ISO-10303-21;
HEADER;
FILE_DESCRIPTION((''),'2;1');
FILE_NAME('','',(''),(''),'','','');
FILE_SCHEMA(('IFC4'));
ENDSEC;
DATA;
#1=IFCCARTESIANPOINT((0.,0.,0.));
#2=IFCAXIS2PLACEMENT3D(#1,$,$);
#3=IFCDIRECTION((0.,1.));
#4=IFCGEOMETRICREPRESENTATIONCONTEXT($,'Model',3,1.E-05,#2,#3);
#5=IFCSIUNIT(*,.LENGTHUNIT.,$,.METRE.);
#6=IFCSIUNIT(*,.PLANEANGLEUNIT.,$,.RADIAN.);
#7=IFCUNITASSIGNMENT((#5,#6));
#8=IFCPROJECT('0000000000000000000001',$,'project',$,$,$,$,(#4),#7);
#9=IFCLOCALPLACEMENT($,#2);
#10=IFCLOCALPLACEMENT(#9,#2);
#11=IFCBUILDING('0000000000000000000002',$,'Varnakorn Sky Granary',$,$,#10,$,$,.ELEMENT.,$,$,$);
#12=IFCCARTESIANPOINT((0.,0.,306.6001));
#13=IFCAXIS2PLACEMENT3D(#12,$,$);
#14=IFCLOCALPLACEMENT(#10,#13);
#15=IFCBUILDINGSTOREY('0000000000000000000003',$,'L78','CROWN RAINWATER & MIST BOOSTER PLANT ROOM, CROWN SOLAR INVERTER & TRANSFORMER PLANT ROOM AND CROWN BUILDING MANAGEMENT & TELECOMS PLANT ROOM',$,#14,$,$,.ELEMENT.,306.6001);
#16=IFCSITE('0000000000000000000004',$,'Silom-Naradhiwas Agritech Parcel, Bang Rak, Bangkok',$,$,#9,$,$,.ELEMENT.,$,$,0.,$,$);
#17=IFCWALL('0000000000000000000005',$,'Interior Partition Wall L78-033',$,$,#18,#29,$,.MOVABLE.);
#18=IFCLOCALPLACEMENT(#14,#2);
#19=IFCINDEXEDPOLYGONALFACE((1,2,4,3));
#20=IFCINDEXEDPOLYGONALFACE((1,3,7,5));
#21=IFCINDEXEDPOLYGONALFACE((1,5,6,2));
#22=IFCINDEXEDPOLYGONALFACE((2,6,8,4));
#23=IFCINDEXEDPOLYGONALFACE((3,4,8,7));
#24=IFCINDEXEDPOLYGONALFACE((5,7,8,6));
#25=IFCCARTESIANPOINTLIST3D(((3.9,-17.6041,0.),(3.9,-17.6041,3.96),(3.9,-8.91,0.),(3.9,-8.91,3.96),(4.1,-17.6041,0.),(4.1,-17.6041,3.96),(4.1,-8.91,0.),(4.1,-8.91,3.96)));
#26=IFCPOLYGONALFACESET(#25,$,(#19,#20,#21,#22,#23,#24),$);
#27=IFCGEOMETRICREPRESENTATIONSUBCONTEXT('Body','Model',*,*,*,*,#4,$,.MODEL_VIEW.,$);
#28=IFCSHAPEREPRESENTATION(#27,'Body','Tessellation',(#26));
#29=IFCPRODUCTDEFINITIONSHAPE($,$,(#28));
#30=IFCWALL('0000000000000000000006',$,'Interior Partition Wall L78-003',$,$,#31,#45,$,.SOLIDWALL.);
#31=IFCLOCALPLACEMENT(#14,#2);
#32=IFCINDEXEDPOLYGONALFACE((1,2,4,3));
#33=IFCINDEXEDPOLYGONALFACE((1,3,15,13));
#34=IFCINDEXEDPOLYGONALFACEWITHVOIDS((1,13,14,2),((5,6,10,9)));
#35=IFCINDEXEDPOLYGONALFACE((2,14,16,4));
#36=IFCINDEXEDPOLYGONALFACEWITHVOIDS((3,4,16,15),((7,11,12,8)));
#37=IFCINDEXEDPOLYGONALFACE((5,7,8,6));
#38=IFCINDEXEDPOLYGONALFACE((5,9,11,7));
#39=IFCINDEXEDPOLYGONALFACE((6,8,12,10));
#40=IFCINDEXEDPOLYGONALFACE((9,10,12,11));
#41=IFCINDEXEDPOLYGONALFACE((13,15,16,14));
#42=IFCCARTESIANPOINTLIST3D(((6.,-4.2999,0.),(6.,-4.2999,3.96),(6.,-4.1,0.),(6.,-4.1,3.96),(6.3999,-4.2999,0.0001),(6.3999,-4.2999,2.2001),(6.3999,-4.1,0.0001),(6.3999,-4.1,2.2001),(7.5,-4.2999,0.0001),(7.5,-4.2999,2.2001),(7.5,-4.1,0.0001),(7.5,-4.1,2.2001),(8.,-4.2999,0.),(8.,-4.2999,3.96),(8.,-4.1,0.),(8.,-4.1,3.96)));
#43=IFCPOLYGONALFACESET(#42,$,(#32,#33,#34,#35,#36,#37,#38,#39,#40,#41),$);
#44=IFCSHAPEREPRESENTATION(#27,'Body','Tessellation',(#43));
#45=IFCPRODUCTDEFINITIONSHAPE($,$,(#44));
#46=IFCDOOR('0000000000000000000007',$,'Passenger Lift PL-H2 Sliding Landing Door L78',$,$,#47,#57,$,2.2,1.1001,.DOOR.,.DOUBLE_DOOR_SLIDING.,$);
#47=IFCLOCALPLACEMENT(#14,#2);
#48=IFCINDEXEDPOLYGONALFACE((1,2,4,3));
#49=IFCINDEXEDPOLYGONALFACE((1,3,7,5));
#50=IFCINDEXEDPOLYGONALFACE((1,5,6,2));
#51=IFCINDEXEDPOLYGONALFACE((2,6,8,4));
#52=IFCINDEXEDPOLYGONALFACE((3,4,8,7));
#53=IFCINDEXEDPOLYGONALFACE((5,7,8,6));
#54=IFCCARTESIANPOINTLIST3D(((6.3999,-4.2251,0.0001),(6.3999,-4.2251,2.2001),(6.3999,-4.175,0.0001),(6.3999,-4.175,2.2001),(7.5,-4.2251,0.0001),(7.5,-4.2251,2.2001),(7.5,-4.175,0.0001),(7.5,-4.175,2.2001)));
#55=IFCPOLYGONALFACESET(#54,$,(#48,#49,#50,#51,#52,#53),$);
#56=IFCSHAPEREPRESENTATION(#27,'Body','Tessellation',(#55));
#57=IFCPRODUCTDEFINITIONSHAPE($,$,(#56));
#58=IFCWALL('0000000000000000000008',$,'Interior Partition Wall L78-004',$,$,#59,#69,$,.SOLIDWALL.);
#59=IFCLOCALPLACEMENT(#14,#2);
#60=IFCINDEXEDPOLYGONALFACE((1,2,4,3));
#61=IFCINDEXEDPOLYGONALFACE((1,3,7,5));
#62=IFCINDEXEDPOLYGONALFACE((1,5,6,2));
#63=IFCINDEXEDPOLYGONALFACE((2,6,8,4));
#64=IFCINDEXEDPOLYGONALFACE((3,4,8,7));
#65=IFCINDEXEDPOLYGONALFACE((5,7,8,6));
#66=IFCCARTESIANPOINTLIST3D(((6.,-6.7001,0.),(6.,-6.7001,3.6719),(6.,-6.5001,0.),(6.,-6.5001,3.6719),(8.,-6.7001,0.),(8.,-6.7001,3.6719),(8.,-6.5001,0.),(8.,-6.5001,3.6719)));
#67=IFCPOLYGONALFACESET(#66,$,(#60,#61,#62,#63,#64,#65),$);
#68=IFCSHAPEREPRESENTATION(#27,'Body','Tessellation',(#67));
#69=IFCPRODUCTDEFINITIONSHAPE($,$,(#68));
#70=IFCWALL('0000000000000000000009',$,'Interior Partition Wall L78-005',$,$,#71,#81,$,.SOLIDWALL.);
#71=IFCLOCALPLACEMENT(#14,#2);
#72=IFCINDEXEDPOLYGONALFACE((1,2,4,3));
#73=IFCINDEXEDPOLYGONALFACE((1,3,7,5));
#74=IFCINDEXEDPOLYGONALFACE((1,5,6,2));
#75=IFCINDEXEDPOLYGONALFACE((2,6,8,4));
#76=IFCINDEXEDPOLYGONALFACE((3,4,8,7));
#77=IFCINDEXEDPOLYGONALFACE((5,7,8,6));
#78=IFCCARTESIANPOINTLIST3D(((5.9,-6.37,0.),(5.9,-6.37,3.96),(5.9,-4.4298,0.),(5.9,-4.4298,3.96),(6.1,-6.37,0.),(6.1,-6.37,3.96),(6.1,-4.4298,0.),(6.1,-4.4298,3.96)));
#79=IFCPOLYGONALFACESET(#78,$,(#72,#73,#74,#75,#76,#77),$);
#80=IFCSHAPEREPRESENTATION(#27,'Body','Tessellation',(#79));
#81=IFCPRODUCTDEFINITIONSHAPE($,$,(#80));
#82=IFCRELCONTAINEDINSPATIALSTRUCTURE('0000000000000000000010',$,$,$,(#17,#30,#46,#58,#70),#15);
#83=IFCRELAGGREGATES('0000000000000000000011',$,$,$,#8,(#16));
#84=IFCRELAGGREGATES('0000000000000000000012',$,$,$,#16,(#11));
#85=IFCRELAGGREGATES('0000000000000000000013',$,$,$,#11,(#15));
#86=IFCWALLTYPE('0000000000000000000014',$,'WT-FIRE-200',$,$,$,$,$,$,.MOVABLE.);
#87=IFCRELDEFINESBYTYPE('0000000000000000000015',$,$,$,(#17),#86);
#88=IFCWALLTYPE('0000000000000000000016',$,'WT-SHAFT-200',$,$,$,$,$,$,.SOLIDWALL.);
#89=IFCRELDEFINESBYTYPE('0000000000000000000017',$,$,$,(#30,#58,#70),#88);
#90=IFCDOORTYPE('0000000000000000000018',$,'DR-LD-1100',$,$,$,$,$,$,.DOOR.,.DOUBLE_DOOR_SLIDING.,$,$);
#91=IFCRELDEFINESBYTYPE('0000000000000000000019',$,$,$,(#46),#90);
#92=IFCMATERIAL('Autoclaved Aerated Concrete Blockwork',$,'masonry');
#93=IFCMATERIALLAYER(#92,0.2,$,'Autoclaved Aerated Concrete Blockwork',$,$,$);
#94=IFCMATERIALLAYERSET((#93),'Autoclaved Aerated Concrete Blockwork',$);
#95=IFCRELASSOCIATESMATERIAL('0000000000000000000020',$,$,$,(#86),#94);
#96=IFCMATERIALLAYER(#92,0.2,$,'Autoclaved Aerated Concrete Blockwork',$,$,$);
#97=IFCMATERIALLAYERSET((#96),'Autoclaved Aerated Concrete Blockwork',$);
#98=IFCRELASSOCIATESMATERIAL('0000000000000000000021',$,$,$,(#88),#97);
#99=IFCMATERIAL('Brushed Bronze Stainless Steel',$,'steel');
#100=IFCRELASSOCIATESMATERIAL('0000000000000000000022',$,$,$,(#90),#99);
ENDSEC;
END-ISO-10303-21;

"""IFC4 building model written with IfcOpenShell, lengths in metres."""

from ifc_helpers import new_model, si_unit, direction, frame, frame_2d, origin, place, context, subcontext, project, spatial, rectangle, extrude, material, layer, layer_set, type_object, element, fill, save


model = new_model("IFC4")

# Units and contexts
model_context = context("Model", 3, precision=1e-05, world=origin(), true_north=direction((0.0, 1.0)))
body_context = subcontext(model_context, "Body", "Model", "MODEL_VIEW")
ifc_project = project(units=[si_unit("LENGTHUNIT", "METRE"), si_unit("PLANEANGLEUNIT", "RADIAN")], contexts=[model_context])

# Site, building, storey
site_placement = place(None, origin())
site = spatial("IfcSite", under=ifc_project, at=site_placement, Name="Silom-Naradhiwas Agritech Parcel, Bang Rak, Bangkok", CompositionType="ELEMENT", RefElevation=0.0)
building_placement = place(site_placement, origin())
building = spatial("IfcBuilding", under=site, at=building_placement, Name="Varnakorn Sky Granary", CompositionType="ELEMENT")
storey_placement = place(building_placement, frame((0.0, 0.0, 306.6001)))
storey = spatial("IfcBuildingStorey", under=building, at=storey_placement, Name="L78", Description="CROWN RAINWATER & MIST BOOSTER PLANT ROOM, CROWN SOLAR INVERTER & TRANSFORMER PLANT ROOM AND CROWN BUILDING MANAGEMENT & TELECOMS PLANT ROOM", CompositionType="ELEMENT", Elevation=306.6001)

# Shared definitions
ifc_material_1 = material(Name="Autoclaved Aerated Concrete Blockwork", Category="masonry")
ifc_layer_1 = layer(ifc_material_1, 0.2, Name="Autoclaved Aerated Concrete Blockwork")
ifc_layer_set_1 = layer_set([ifc_layer_1], Name="Autoclaved Aerated Concrete Blockwork")
wall_type_1 = type_object("IfcWallType", Name="WT-FIRE-200", PredefinedType="MOVABLE", material=ifc_layer_set_1)

# Wall
wall_1_placement = place(storey_placement, frame((4.0, -8.9099, 0.0), z_axis=(0.0, 0.0, 1.0), x_axis=(0.0, -1.0, 0.0)))
element("IfcWall", 1, at=wall_1_placement, inside=storey, type_object=wall_type_1, Name="Interior Partition Wall L78-033", PredefinedType="MOVABLE", context=body_context, shape_type="SweptSolid", body=[
    extrude(rectangle(XDim=8.6941, YDim=0.2, at=frame_2d((4.3472, 0.0))), origin(), (0.0, 0.0, 1.0), 3.96),
])

# Wall, opening, door
ifc_layer_2 = layer(ifc_material_1, 0.2, Name="Autoclaved Aerated Concrete Blockwork")
ifc_layer_set_2 = layer_set([ifc_layer_2], Name="Autoclaved Aerated Concrete Blockwork")
wall_type_2 = type_object("IfcWallType", Name="WT-SHAFT-200", PredefinedType="SOLIDWALL", material=ifc_layer_set_2)
wall_2_placement = place(storey_placement, frame((6.0, -4.2, 0.0), z_axis=(0.0, 0.0, 1.0), x_axis=(1.0, 0.0, 0.0)))
wall_2 = element("IfcWall", 2, at=wall_2_placement, inside=storey, type_object=wall_type_2, Name="Interior Partition Wall L78-003", PredefinedType="SOLIDWALL", context=body_context, shape_type="SweptSolid", body=[
    extrude(rectangle(XDim=2.0, YDim=0.2, at=frame_2d((1.0, 0.0))), origin(), (0.0, 0.0, 1.0), 3.96),
])
opening_1_placement = place(wall_2_placement, frame((0.3999, 0.0, 0.0)))
opening_1 = element("IfcOpeningElement", 3, at=opening_1_placement, cuts=wall_2, PredefinedType="OPENING", context=body_context, shape_type="SweptSolid", body=[
    extrude(rectangle(XDim=1.1001, YDim=2.2, at=frame_2d((0.55, 1.1001))), frame((0.0, 0.1099, 0.0), z_axis=(0.0, -1.0, 0.0), x_axis=(1.0, 0.0, 0.0)), (0.0, 0.0, 1.0), 0.22),
])
ifc_material_2 = material(Name="Brushed Bronze Stainless Steel", Category="steel")
door_type_1 = type_object("IfcDoorType", Name="DR-LD-1100", OperationType="DOUBLE_DOOR_SLIDING", PredefinedType="DOOR", material=ifc_material_2)
door_1_placement = place(opening_1_placement, origin())
door_1 = element("IfcDoor", 4, at=door_1_placement, inside=storey, type_object=door_type_1, Name="Passenger Lift PL-H2 Sliding Landing Door L78", OperationType="DOUBLE_DOOR_SLIDING", OverallHeight=2.2, OverallWidth=1.1001, PredefinedType="DOOR", context=body_context, shape_type="SweptSolid", body=[
    extrude(rectangle(XDim=1.1001, YDim=2.2, at=frame_2d((0.55, 1.1001))), frame((0.0, 0.0249, 0.0), z_axis=(0.0, -1.0, 0.0), x_axis=(1.0, 0.0, 0.0)), (0.0, 0.0, 1.0), 0.05),
])
fill(opening_1, door_1)

# Walls
wall_3_placement = place(storey_placement, frame((6.0, -6.6001, 0.0), z_axis=(0.0, 0.0, 1.0), x_axis=(1.0, 0.0, 0.0)))
element("IfcWall", 5, at=wall_3_placement, inside=storey, type_object=wall_type_2, Name="Interior Partition Wall L78-004", PredefinedType="SOLIDWALL", context=body_context, shape_type="SweptSolid", body=[
    extrude(rectangle(XDim=2.0, YDim=0.2, at=frame_2d((1.0, 0.0))), origin(), (0.0, 0.0, 1.0), 3.6719),
])
wall_4_placement = place(storey_placement, frame((6.0, -6.3701, 0.0), z_axis=(0.0, 0.0, 1.0), x_axis=(0.0, 1.0, 0.0)))
element("IfcWall", 6, at=wall_4_placement, inside=storey, type_object=wall_type_2, Name="Interior Partition Wall L78-005", PredefinedType="SOLIDWALL", context=body_context, shape_type="SweptSolid", body=[
    extrude(rectangle(XDim=1.9402, YDim=0.2, at=frame_2d((0.9702, 0.0))), origin(), (0.0, 0.0, 1.0), 3.96),
])

save(model, "model.ifc")
